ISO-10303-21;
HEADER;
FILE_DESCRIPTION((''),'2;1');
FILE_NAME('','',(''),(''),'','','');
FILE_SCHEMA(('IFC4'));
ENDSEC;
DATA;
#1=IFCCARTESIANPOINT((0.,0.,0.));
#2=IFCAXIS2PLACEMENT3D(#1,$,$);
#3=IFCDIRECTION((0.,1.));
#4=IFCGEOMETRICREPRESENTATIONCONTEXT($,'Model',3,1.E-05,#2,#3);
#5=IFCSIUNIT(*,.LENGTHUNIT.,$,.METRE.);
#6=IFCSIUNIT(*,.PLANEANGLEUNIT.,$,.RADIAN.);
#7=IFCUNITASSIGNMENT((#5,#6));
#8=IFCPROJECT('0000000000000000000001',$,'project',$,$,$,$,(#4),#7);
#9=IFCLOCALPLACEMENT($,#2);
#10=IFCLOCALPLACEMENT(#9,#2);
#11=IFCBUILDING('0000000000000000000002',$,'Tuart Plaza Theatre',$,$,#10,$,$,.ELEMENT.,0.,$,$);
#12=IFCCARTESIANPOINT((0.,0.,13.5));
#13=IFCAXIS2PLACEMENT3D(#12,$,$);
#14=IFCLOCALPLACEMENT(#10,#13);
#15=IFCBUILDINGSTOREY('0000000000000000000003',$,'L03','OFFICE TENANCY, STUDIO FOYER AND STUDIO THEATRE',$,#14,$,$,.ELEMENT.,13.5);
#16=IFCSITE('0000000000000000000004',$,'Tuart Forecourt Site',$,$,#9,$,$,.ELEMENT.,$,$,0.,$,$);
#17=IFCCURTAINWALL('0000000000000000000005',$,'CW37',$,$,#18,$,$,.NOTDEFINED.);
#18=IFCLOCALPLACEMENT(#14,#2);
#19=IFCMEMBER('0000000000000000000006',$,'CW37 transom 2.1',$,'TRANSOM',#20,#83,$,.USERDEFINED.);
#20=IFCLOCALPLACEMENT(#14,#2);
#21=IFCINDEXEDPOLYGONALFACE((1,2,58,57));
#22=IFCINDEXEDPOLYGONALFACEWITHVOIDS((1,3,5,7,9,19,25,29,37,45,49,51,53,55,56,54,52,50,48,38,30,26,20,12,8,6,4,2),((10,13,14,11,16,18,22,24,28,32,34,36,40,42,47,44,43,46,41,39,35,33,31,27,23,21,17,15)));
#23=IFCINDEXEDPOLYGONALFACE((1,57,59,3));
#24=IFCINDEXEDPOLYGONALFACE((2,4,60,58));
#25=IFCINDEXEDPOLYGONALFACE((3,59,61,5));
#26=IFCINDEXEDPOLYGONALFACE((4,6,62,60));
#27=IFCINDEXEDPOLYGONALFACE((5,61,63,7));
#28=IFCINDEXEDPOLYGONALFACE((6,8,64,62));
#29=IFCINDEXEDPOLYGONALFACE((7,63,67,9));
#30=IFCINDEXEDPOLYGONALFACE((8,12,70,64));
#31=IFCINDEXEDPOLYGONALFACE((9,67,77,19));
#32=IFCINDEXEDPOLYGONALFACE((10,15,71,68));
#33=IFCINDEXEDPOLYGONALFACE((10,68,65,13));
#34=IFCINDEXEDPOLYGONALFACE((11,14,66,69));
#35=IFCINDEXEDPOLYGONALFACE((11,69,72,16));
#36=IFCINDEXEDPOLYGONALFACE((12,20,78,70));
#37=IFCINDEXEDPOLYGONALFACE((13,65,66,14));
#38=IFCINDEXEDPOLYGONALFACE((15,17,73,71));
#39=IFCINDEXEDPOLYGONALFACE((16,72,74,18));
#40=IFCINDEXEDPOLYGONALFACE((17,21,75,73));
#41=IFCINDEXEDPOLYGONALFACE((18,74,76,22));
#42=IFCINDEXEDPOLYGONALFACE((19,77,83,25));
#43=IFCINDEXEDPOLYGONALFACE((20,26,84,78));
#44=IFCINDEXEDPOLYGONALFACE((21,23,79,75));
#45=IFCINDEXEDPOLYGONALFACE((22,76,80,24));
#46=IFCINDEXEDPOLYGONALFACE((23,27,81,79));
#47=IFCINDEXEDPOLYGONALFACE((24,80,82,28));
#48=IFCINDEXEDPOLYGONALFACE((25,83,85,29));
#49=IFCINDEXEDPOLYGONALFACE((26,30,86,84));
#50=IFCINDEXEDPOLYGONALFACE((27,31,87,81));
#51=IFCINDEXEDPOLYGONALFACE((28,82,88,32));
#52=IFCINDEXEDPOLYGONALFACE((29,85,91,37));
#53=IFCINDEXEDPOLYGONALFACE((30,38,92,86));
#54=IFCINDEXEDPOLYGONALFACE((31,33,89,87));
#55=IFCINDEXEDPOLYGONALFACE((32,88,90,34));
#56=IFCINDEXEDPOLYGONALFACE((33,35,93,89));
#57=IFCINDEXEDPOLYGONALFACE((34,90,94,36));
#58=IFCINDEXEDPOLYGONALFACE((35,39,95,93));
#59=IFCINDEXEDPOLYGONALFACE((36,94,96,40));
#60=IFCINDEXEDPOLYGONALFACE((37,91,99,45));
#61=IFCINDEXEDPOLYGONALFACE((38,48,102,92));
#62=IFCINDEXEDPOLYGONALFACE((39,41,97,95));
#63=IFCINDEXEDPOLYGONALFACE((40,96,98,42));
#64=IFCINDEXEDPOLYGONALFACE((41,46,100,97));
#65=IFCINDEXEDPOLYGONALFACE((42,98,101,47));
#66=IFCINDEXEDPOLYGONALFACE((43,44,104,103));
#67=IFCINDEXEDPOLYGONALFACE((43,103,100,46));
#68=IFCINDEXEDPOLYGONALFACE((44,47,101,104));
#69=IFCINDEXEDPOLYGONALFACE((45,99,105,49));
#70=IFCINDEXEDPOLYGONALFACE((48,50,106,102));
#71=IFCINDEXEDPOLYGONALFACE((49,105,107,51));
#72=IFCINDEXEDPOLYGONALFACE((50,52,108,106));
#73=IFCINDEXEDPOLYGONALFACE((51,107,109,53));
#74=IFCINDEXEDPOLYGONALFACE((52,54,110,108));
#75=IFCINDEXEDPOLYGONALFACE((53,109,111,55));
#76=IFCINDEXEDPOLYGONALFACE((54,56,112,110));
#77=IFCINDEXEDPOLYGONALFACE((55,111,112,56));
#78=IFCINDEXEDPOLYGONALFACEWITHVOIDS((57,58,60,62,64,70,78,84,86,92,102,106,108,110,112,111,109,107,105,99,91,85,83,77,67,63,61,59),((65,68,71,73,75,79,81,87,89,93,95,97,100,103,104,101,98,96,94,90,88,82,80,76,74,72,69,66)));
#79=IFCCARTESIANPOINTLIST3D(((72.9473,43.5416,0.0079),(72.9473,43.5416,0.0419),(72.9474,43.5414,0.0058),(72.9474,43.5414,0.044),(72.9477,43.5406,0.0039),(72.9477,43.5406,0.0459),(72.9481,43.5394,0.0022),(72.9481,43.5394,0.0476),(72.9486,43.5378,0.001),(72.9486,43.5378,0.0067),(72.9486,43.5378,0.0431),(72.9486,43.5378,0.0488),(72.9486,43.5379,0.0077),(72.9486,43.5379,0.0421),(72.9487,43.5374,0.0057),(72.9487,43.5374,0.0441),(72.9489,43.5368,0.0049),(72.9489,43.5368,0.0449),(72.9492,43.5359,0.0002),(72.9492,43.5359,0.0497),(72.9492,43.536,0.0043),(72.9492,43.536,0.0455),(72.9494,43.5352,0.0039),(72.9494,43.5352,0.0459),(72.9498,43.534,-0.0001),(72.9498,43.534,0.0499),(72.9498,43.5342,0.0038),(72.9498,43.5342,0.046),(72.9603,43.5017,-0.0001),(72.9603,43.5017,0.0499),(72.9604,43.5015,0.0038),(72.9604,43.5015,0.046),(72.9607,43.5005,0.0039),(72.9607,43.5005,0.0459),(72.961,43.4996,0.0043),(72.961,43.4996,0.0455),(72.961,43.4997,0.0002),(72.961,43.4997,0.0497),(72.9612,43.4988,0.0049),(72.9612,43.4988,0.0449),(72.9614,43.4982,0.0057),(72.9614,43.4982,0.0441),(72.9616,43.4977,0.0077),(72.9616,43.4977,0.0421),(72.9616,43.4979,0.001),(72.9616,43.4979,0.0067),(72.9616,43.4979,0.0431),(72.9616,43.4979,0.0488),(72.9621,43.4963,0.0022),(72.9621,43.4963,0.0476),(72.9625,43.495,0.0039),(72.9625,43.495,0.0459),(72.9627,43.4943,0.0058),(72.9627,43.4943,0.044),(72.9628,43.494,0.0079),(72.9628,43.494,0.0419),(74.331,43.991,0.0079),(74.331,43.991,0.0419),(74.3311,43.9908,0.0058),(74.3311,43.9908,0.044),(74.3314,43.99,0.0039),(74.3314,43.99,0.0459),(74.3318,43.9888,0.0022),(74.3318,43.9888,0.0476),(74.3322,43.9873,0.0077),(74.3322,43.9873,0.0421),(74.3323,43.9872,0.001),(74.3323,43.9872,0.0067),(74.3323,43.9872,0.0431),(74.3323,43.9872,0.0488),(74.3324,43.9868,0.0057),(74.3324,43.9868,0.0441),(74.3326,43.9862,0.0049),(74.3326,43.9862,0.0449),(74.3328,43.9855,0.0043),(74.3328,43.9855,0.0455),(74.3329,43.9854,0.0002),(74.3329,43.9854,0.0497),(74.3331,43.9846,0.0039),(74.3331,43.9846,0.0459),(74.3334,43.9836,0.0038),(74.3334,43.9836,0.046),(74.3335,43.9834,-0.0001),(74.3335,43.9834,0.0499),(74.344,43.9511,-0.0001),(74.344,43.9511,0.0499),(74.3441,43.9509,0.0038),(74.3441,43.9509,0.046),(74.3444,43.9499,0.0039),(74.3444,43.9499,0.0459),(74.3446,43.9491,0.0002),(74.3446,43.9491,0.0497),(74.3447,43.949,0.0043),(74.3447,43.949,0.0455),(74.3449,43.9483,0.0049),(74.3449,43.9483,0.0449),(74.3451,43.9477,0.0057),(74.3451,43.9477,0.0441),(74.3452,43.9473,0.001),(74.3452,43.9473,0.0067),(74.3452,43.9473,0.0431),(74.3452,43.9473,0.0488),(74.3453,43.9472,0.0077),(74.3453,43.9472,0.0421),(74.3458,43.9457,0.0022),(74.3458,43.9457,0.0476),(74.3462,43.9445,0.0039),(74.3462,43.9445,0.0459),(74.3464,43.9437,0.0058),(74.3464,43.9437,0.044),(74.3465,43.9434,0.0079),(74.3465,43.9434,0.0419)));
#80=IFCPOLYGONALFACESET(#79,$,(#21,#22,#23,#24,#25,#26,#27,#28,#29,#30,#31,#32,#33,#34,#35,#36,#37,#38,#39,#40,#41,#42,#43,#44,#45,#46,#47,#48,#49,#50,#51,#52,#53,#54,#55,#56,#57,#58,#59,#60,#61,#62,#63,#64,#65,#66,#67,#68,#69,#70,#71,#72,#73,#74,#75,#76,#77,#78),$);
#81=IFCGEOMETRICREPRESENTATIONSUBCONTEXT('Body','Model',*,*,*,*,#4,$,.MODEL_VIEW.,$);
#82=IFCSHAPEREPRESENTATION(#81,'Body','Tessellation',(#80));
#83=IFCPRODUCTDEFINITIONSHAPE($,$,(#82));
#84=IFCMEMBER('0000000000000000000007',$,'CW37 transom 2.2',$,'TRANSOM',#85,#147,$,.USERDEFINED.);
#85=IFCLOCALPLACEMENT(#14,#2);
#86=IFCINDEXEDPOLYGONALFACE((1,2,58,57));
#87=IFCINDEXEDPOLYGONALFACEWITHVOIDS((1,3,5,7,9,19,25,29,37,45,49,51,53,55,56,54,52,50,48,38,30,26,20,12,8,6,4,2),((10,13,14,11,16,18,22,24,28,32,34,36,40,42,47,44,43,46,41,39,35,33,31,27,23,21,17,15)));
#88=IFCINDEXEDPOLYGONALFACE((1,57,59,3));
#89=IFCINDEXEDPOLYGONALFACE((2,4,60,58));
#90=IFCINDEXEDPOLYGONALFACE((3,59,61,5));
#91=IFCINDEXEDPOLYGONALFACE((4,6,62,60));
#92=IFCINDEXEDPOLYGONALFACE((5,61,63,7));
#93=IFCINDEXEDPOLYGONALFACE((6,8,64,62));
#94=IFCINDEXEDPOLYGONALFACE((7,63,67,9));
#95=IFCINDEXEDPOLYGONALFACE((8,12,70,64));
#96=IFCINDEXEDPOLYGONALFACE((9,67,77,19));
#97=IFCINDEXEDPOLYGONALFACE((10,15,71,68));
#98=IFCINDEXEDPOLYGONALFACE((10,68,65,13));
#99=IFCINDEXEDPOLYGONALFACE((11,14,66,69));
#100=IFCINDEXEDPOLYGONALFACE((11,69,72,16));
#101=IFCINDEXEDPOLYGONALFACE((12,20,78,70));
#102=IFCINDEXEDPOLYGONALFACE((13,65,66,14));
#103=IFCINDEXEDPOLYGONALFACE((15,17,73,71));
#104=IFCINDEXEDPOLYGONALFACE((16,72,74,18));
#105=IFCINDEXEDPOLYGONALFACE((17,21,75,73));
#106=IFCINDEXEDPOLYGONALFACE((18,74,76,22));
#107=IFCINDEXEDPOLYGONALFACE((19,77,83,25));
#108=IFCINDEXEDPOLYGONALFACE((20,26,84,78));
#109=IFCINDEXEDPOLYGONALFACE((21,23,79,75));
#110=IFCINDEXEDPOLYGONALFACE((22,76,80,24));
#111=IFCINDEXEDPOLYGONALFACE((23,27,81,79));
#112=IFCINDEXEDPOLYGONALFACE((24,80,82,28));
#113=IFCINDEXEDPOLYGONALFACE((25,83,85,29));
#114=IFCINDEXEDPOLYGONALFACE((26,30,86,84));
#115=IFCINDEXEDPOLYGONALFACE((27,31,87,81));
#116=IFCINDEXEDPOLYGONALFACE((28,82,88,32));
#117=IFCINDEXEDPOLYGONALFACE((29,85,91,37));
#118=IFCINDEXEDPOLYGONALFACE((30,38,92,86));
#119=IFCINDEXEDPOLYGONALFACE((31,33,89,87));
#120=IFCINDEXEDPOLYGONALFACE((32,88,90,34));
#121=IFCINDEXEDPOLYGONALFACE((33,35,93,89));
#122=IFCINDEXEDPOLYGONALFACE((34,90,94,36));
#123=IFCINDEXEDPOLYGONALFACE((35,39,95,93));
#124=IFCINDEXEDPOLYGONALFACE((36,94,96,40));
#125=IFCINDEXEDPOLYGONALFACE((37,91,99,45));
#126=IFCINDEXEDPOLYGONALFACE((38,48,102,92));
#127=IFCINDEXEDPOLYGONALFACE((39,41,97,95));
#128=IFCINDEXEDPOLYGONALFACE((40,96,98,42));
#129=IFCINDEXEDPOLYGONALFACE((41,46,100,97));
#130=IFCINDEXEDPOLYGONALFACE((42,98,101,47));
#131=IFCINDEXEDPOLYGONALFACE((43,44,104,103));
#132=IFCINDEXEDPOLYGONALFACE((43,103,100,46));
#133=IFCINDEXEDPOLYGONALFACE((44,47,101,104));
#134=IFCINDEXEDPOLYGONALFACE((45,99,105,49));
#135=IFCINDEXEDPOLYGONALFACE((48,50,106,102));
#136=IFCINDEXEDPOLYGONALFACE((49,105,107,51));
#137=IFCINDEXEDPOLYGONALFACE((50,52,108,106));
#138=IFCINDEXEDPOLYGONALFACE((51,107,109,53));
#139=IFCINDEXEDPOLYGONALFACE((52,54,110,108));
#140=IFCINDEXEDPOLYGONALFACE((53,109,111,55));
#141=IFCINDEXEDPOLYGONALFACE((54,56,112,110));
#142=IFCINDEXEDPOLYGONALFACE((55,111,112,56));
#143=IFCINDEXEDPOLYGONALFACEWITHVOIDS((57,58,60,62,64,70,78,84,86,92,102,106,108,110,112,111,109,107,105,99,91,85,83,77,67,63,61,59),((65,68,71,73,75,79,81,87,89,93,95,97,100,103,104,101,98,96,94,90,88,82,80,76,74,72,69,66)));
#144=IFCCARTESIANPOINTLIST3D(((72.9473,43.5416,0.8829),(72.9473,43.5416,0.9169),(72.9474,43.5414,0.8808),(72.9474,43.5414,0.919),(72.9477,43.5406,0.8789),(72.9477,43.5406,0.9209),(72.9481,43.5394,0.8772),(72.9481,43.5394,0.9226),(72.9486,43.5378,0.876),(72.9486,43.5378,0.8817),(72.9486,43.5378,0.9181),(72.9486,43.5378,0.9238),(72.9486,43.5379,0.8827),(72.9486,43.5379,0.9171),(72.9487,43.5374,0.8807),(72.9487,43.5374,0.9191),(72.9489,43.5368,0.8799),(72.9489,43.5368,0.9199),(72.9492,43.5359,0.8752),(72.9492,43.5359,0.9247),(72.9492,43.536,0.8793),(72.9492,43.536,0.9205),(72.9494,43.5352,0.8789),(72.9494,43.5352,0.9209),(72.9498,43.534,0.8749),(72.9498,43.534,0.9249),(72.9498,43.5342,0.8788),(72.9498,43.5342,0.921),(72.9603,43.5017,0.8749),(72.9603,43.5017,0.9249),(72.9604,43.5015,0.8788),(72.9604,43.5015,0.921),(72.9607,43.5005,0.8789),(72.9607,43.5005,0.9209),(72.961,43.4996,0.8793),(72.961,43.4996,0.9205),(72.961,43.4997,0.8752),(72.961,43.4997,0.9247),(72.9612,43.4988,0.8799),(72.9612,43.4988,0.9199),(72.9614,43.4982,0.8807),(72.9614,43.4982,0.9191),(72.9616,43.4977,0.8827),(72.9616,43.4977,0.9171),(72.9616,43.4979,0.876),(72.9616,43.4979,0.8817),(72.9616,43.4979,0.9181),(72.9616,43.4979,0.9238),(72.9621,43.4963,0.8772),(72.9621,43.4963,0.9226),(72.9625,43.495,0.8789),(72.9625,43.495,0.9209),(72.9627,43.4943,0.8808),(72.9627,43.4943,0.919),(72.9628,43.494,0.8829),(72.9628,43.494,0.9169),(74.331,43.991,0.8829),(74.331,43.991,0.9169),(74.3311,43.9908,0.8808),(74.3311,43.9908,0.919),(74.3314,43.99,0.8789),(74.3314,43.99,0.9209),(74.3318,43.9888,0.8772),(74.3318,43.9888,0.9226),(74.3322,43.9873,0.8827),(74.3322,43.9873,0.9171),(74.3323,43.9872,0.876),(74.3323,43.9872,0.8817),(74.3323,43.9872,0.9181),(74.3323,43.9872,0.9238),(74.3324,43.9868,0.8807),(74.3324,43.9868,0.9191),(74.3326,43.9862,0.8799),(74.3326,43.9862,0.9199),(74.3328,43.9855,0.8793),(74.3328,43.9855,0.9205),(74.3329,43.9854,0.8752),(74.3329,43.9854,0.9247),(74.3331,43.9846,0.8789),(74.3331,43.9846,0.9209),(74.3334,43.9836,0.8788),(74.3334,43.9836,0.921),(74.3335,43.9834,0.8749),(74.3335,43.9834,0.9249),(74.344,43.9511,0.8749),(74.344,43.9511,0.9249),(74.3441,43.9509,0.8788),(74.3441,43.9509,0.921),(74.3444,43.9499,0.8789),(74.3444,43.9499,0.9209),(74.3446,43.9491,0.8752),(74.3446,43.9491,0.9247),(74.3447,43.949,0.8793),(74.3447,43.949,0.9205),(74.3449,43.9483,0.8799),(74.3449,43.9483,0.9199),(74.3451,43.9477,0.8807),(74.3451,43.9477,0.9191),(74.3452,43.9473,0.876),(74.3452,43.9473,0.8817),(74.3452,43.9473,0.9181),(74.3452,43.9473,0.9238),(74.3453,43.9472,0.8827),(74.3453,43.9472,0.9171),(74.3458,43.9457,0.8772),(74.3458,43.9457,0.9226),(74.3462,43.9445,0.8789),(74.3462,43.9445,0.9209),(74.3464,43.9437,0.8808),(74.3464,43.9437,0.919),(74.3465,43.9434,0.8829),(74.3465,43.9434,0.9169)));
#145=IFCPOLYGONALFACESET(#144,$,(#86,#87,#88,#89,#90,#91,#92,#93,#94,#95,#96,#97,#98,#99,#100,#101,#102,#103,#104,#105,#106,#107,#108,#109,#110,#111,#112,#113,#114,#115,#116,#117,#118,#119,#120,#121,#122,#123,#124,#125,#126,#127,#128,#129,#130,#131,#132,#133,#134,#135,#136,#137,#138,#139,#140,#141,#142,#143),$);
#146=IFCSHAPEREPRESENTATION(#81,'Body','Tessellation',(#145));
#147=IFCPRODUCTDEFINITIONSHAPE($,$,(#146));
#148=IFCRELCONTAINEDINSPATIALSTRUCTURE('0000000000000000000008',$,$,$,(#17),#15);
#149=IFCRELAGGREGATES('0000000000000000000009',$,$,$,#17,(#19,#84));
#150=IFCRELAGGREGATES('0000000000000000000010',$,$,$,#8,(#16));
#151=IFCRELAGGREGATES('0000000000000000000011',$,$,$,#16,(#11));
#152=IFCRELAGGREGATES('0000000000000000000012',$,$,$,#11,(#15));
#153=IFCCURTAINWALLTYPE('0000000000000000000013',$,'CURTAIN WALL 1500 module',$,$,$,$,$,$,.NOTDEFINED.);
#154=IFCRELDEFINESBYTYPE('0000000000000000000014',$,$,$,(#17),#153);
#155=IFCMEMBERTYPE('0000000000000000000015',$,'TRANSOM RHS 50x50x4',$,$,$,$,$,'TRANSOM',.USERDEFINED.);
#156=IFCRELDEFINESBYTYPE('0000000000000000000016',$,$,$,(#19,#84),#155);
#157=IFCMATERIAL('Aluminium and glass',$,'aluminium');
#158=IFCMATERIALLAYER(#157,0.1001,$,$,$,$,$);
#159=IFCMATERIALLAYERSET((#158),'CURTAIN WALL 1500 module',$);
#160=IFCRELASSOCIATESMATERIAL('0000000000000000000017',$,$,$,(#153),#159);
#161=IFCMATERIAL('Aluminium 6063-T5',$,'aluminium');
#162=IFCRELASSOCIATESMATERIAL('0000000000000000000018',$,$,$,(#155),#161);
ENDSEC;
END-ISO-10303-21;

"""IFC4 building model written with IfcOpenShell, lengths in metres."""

from ifc_helpers import new_model, si_unit, direction, frame, origin, origin_2d, place, context, subcontext, project, spatial, hollow_rectangle, extrude, material, layer, layer_set, material_profile, profile_set, type_object, element, aggregate, save


model = new_model("IFC4")

# Units and contexts
model_context = context("Model", 3, precision=1e-05, world=origin(), true_north=direction((0.0, 1.0)))
body_context = subcontext(model_context, "Body", "Model", "MODEL_VIEW")
ifc_project = project(units=[si_unit("LENGTHUNIT", "METRE"), si_unit("PLANEANGLEUNIT", "RADIAN")], contexts=[model_context])

# Site, building, storey
site_placement = place(None, origin())
site = spatial("IfcSite", under=ifc_project, at=site_placement, Name="Tuart Forecourt Site", CompositionType="ELEMENT", RefElevation=0.0)
building_placement = place(site_placement, origin())
building = spatial("IfcBuilding", under=site, at=building_placement, Name="Tuart Plaza Theatre", CompositionType="ELEMENT", ElevationOfRefHeight=0.0)
storey_placement = place(building_placement, frame((0.0, 0.0, 13.5)))
storey = spatial("IfcBuildingStorey", under=building, at=storey_placement, Name="L03", Description="OFFICE TENANCY, STUDIO FOYER AND STUDIO THEATRE", CompositionType="ELEMENT", Elevation=13.5)

# Curtain wall
ifc_material_1 = material(Name="Aluminium and glass", Category="aluminium")
ifc_layer_1 = layer(ifc_material_1, 0.1001)
ifc_layer_set_1 = layer_set([ifc_layer_1], Name="CURTAIN WALL 1500 module")
curtain_wall_type = type_object("IfcCurtainWallType", Name="CURTAIN WALL 1500 module", PredefinedType="NOTDEFINED", material=ifc_layer_set_1)
curtain_wall_1_placement = place(storey_placement, origin())
curtain_wall_1 = element("IfcCurtainWall", 1, at=curtain_wall_1_placement, inside=storey, type_object=curtain_wall_type, Name="CW37", PredefinedType="NOTDEFINED")

# Members
ifc_material_2 = material(Name="Aluminium 6063-T5", Category="aluminium")
ifc_material_profile_1 = material_profile(ifc_material_2, hollow_rectangle(XDim=0.05, YDim=0.05, WallThickness=0.0039, InnerFilletRadius=0.0039, OuterFilletRadius=0.0081, at=origin_2d()), Name="RHS 50x50x4")
ifc_profile_set_1 = profile_set([ifc_material_profile_1], Name="Aluminium 6063-T5")
member_type_1 = type_object("IfcMemberType", Name="TRANSOM RHS 50x50x4", ElementType="TRANSOM", PredefinedType="USERDEFINED", material=ifc_profile_set_1)
member_1_placement = place(storey_placement, frame((72.9551, 43.5178, 0.0249), z_axis=(0.951088, 0.308919, 0.0), x_axis=(-0.308919, 0.951088, 0.0)))
member_1 = element("IfcMember", 2, at=member_1_placement, type_object=member_type_1, Name="CW37 transom 2.1", ObjectType="TRANSOM", PredefinedType="USERDEFINED", context=body_context, shape_type="SweptSolid", body=[
    extrude(hollow_rectangle(XDim=0.05, YDim=0.05, WallThickness=0.0039, InnerFilletRadius=0.0039, OuterFilletRadius=0.0081, at=origin_2d()), origin(), (0.0, 0.0, 1.0), 1.4548),
])
member_2_placement = place(storey_placement, frame((72.9551, 43.5178, 0.8999), z_axis=(0.951088, 0.308919, 0.0), x_axis=(-0.308919, 0.951088, 0.0)))
member_2 = element("IfcMember", 3, at=member_2_placement, type_object=member_type_1, Name="CW37 transom 2.2", ObjectType="TRANSOM", PredefinedType="USERDEFINED", context=body_context, shape_type="SweptSolid", body=[
    extrude(hollow_rectangle(XDim=0.05, YDim=0.05, WallThickness=0.0039, InnerFilletRadius=0.0039, OuterFilletRadius=0.0081, at=origin_2d()), origin(), (0.0, 0.0, 1.0), 1.4548),
])

aggregate(curtain_wall_1, [member_1, member_2])

save(model, "model.ifc")
